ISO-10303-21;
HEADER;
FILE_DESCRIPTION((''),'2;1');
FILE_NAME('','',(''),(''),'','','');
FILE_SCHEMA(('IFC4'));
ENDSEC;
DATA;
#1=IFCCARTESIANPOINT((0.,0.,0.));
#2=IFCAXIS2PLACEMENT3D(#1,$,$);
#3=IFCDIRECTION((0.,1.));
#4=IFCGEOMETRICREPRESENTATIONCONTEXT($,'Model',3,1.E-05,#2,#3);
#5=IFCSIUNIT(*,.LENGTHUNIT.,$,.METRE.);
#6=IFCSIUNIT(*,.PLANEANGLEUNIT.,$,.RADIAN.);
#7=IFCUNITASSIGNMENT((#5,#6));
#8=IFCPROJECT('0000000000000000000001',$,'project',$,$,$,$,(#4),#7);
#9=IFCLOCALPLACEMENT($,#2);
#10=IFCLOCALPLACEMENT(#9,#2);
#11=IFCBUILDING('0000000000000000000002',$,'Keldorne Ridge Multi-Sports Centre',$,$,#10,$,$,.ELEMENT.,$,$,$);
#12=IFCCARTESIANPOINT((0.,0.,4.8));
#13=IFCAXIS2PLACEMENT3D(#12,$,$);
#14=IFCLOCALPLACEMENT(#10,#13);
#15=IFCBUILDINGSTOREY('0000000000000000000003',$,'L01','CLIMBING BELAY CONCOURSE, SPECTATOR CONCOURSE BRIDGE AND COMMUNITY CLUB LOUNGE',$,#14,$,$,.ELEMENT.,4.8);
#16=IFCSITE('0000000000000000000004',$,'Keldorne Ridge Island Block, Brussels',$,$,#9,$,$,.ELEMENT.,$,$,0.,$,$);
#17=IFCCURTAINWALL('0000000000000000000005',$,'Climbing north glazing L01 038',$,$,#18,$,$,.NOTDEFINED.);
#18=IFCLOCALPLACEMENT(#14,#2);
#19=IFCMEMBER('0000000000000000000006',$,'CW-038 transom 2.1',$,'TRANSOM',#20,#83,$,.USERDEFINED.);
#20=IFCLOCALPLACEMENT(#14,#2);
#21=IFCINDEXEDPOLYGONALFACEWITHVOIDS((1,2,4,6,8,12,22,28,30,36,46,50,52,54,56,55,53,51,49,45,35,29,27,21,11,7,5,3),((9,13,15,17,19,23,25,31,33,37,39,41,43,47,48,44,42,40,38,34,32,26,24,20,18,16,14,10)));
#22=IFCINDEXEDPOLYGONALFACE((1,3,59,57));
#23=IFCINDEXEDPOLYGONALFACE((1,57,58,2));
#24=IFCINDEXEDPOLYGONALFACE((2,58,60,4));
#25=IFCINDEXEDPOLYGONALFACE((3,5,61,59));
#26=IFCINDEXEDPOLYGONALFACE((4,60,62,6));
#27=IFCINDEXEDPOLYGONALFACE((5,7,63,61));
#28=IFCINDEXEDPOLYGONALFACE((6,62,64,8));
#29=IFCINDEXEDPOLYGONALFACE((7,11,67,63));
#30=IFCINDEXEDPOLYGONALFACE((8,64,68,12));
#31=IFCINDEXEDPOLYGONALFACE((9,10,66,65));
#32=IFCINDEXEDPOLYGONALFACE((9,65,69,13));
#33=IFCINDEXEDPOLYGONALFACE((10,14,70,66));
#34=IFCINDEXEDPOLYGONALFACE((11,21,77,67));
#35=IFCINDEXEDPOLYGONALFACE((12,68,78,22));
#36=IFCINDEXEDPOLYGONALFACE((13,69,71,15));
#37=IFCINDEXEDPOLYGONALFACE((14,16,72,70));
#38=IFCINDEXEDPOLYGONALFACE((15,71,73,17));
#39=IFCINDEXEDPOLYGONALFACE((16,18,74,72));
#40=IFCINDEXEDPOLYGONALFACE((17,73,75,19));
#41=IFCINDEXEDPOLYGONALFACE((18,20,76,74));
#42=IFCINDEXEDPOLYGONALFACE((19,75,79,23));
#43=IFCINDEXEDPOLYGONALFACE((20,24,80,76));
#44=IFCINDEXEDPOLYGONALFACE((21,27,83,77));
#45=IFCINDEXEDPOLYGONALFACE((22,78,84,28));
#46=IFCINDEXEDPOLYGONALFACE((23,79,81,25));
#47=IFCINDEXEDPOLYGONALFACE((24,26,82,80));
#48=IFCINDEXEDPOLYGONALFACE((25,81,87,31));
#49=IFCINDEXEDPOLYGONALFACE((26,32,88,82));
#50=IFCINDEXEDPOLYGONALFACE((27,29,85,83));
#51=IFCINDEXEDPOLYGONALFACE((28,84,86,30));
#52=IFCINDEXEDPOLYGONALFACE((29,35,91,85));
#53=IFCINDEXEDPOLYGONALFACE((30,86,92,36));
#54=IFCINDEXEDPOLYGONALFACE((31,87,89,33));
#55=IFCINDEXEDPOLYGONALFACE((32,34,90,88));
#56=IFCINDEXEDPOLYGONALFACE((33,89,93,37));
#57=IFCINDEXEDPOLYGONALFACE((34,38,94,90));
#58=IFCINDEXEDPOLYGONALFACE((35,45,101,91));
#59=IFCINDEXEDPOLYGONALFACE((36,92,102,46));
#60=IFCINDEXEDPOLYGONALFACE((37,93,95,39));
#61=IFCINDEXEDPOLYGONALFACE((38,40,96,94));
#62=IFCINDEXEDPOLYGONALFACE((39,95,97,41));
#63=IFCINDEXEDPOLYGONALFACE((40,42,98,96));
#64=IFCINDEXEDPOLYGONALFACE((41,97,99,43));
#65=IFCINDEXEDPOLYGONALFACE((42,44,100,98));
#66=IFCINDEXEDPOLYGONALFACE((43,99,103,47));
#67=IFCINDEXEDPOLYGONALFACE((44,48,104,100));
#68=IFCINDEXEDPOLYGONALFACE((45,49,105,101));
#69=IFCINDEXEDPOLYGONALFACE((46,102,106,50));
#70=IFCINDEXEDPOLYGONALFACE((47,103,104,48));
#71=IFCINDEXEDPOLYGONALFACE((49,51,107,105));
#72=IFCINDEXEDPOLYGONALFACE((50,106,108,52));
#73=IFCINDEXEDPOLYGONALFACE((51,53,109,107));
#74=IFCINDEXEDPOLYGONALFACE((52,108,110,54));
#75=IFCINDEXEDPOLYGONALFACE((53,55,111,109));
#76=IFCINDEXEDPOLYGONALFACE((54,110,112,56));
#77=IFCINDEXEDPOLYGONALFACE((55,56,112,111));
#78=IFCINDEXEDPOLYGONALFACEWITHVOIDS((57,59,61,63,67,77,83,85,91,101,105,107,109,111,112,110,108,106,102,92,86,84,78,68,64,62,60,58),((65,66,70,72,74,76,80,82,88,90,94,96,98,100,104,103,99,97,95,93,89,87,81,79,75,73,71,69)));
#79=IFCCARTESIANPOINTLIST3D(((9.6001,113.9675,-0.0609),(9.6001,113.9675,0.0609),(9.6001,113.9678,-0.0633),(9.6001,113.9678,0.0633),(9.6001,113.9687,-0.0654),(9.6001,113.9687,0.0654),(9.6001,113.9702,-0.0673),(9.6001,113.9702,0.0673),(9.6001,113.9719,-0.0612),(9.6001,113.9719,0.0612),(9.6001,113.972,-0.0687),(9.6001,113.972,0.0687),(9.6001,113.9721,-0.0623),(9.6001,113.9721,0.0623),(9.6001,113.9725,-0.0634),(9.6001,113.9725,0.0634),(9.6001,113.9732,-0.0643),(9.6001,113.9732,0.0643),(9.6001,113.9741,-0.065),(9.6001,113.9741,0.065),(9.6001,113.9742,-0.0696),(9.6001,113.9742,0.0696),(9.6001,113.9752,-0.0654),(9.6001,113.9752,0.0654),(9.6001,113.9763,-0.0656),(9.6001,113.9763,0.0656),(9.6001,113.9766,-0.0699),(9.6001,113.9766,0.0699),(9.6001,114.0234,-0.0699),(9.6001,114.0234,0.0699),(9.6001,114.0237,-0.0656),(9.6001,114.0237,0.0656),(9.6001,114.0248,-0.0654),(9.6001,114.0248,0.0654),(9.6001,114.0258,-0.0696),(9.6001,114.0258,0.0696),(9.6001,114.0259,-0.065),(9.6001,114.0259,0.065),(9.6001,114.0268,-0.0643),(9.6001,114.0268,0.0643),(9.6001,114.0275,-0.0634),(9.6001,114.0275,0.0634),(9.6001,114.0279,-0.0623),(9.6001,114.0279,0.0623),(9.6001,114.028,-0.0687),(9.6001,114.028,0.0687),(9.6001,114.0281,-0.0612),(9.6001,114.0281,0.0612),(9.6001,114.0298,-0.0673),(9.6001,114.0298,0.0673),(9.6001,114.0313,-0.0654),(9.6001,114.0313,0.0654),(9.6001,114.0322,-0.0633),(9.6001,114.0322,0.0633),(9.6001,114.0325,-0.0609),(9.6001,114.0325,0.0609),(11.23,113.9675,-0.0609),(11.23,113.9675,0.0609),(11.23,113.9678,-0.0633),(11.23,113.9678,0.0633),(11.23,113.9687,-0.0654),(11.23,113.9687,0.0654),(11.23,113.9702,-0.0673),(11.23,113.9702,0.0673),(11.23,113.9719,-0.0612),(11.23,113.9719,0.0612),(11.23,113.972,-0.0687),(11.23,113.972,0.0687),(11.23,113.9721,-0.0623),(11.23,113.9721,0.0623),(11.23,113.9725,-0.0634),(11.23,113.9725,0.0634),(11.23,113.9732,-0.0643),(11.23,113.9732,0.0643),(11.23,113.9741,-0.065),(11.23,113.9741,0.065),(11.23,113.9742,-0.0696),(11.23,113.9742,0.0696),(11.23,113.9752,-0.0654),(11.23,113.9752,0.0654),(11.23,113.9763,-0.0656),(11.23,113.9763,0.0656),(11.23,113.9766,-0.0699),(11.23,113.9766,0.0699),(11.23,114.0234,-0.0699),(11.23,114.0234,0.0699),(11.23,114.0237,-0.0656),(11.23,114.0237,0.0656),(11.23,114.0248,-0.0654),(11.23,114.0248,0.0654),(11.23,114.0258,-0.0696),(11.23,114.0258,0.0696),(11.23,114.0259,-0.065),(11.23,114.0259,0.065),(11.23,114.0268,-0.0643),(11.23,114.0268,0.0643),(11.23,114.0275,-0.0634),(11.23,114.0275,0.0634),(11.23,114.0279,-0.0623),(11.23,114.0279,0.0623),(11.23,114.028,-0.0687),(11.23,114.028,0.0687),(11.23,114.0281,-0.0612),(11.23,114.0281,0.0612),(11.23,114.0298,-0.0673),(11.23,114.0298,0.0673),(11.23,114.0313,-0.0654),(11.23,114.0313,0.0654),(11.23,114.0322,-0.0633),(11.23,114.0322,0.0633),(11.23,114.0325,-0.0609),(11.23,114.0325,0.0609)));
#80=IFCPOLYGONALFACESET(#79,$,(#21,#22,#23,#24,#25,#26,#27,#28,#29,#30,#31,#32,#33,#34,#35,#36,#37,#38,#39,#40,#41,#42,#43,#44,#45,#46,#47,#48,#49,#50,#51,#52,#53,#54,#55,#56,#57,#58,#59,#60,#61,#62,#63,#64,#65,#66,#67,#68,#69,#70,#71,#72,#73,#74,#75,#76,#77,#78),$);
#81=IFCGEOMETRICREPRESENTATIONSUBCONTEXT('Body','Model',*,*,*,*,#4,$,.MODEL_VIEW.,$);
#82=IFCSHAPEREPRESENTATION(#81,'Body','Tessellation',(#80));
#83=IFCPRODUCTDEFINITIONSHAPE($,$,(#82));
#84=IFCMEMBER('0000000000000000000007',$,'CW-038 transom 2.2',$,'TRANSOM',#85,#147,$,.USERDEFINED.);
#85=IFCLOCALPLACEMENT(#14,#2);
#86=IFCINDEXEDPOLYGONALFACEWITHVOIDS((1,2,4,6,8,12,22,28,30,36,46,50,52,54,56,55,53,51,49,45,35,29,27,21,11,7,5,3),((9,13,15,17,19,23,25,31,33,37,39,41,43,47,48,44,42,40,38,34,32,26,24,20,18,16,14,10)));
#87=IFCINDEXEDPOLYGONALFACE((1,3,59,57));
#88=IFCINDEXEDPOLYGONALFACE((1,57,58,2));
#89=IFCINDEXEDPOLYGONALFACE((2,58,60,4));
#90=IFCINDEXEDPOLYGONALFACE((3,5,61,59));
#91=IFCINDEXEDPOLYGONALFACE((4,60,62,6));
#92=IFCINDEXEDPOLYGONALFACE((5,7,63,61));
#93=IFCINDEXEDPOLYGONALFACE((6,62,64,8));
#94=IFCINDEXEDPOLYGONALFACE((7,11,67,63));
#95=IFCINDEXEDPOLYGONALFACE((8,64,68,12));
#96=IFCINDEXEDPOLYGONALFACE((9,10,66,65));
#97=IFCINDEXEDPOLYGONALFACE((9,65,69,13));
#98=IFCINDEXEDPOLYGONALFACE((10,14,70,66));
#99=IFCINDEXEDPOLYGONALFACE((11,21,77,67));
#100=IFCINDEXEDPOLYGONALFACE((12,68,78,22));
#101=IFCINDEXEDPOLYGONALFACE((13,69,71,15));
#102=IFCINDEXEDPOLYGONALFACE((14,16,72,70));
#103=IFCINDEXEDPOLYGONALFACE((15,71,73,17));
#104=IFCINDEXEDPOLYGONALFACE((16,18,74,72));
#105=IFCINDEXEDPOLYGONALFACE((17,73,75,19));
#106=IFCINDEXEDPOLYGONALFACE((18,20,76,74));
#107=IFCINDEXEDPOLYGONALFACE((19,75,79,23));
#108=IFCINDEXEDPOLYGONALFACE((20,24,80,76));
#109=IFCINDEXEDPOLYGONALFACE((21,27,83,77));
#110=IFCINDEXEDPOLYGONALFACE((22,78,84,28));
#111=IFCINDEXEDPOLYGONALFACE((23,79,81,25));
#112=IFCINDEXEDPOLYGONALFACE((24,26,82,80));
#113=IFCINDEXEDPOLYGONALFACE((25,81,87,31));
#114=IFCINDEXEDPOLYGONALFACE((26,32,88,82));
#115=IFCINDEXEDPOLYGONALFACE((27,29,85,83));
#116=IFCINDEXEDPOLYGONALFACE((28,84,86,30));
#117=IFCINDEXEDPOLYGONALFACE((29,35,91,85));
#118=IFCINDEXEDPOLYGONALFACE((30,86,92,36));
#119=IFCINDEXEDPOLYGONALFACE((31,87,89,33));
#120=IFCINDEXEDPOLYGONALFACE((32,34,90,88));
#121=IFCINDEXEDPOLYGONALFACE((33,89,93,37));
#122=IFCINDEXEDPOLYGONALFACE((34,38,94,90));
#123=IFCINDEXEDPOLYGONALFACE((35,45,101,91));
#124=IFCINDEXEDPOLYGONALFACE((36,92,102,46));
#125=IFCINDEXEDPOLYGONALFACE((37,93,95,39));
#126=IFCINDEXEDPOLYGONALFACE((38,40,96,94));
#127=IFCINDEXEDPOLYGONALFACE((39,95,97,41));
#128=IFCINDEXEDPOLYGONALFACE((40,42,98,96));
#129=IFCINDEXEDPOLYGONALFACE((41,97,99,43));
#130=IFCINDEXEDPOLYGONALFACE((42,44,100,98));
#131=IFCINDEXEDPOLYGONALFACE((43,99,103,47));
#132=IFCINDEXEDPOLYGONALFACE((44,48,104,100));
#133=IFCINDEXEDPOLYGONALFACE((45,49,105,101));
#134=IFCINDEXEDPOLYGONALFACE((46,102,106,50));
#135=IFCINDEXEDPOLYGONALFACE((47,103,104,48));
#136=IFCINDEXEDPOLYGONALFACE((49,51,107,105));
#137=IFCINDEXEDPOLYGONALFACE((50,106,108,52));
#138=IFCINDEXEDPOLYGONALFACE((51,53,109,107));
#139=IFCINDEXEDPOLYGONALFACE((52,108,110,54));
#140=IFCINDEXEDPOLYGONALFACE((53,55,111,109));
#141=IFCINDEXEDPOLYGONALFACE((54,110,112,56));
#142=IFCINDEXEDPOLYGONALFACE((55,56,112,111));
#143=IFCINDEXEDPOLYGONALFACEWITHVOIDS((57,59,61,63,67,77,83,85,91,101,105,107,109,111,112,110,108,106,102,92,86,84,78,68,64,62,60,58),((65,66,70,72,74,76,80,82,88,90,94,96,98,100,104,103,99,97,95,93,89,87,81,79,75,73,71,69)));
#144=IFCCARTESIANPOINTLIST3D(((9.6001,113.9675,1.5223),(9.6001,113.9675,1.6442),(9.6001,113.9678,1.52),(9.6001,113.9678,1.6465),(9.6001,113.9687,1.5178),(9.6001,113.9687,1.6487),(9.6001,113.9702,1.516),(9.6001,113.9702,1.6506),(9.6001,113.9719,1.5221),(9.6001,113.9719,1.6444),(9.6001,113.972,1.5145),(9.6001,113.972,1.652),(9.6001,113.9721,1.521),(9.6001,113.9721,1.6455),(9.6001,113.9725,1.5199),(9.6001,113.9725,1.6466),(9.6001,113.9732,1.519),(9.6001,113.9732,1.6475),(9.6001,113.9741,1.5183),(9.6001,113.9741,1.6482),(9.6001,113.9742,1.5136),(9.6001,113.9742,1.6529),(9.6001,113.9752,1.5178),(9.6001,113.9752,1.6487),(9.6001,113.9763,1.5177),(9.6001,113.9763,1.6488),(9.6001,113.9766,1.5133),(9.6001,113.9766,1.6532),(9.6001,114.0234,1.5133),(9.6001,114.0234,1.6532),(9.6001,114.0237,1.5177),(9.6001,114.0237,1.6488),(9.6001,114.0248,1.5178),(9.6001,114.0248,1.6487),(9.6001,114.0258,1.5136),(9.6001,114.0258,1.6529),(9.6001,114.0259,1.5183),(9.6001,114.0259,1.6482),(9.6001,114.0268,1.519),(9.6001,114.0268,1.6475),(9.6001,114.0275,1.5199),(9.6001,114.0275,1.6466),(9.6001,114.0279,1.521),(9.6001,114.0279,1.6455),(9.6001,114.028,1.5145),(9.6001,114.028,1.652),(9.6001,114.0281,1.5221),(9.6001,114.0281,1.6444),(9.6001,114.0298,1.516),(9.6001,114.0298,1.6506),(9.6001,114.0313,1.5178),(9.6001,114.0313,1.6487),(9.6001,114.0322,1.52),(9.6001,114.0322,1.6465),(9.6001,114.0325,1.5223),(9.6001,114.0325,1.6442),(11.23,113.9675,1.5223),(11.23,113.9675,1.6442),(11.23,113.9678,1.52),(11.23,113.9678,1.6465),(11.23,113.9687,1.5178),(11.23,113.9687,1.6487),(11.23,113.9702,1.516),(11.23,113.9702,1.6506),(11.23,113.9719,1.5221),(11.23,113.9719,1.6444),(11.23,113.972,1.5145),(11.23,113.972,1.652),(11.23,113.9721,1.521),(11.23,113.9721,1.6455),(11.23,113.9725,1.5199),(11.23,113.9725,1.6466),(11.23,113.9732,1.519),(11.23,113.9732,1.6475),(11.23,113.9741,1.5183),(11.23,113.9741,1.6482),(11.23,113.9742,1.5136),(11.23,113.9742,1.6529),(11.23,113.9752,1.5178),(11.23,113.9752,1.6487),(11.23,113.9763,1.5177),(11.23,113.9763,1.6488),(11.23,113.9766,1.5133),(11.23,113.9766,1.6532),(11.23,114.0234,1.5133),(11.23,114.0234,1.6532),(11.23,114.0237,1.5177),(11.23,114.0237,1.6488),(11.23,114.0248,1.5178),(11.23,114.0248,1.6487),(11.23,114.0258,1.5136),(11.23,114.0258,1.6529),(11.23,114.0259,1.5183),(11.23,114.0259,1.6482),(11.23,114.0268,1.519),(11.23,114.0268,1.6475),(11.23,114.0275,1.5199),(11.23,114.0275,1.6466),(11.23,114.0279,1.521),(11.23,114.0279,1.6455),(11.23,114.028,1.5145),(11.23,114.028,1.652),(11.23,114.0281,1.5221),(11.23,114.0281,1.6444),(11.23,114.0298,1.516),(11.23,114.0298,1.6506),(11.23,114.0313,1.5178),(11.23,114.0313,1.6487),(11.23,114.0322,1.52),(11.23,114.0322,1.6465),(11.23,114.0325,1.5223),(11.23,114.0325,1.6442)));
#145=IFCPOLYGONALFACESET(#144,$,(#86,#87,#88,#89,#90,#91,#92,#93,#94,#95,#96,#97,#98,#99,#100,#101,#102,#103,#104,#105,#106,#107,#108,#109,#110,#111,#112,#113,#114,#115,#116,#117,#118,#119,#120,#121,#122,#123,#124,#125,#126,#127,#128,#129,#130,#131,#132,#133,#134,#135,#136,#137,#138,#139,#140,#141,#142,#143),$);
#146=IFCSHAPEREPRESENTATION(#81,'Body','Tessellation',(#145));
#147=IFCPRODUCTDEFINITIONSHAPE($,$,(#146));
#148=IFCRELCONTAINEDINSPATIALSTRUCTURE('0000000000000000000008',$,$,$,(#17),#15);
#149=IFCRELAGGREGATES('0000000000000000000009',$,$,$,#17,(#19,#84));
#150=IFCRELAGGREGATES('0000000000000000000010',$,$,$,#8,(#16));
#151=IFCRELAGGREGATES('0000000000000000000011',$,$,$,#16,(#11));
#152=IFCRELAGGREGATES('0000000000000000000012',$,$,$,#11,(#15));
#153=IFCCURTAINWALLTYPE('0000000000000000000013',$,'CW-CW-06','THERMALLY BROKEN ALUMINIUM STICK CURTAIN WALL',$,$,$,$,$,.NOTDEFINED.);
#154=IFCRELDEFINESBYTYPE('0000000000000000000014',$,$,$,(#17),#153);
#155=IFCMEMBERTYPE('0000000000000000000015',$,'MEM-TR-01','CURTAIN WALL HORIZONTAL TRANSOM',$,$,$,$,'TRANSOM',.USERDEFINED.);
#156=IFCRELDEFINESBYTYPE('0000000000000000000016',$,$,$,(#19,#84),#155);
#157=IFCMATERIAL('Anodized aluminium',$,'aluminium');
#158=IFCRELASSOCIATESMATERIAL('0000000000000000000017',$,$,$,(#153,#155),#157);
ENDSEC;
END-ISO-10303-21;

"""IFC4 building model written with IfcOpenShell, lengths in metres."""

from ifc_helpers import new_model, si_unit, direction, frame, origin, origin_2d, place, context, subcontext, project, spatial, hollow_rectangle, extrude, material, material_profile, profile_set, type_object, element, aggregate, save


model = new_model("IFC4")

# Units and contexts
model_context = context("Model", 3, precision=1e-05, world=origin(), true_north=direction((0.0, 1.0)))
body_context = subcontext(model_context, "Body", "Model", "MODEL_VIEW")
ifc_project = project(units=[si_unit("LENGTHUNIT", "METRE"), si_unit("PLANEANGLEUNIT", "RADIAN")], contexts=[model_context])

# Site, building, storey
site_placement = place(None, origin())
site = spatial("IfcSite", under=ifc_project, at=site_placement, Name="Keldorne Ridge Island Block, Brussels", CompositionType="ELEMENT", RefElevation=0.0)
building_placement = place(site_placement, origin())
building = spatial("IfcBuilding", under=site, at=building_placement, Name="Keldorne Ridge Multi-Sports Centre", CompositionType="ELEMENT")
storey_placement = place(building_placement, frame((0.0, 0.0, 4.8)))
storey = spatial("IfcBuildingStorey", under=building, at=storey_placement, Name="L01", Description="CLIMBING BELAY CONCOURSE, SPECTATOR CONCOURSE BRIDGE AND COMMUNITY CLUB LOUNGE", CompositionType="ELEMENT", Elevation=4.8)

# Curtain wall
ifc_material_1 = material(Name="Anodized aluminium", Category="aluminium")
curtain_wall_type_1 = type_object("IfcCurtainWallType", Name="CW-CW-06", Description="THERMALLY BROKEN ALUMINIUM STICK CURTAIN WALL", PredefinedType="NOTDEFINED", material=ifc_material_1)
curtain_wall_1_placement = place(storey_placement, origin())
curtain_wall_1 = element("IfcCurtainWall", 1, at=curtain_wall_1_placement, inside=storey, type_object=curtain_wall_type_1, Name="Climbing north glazing L01 038", PredefinedType="NOTDEFINED")

# Members
ifc_material_profile_1 = material_profile(ifc_material_1, hollow_rectangle(XDim=0.0649, YDim=0.1399, WallThickness=0.0044, InnerFilletRadius=0.0044, OuterFilletRadius=0.009, at=origin_2d()), Name="ALU TRANSOM 140x65x4.5")
ifc_profile_set_1 = profile_set([ifc_material_profile_1], Name="Anodized aluminium")
member_type_1 = type_object("IfcMemberType", Name="MEM-TR-01", Description="CURTAIN WALL HORIZONTAL TRANSOM", ElementType="TRANSOM", PredefinedType="USERDEFINED", material=ifc_profile_set_1)
member_1_placement = place(storey_placement, frame((11.23, 114.0, 0.0), z_axis=(-1.0, 0.0, 0.0), x_axis=(0.0, -1.0, 0.0)))
member_1 = element("IfcMember", 2, at=member_1_placement, type_object=member_type_1, Name="CW-038 transom 2.1", ObjectType="TRANSOM", PredefinedType="USERDEFINED", context=body_context, shape_type="SweptSolid", body=[
    extrude(hollow_rectangle(XDim=0.0649, YDim=0.1399, WallThickness=0.0044, InnerFilletRadius=0.0044, OuterFilletRadius=0.009, at=origin_2d()), origin(), (0.0, 0.0, 1.0), 1.6299),
])
member_2_placement = place(storey_placement, frame((11.23, 114.0, 1.5833), z_axis=(-1.0, 0.0, 0.0), x_axis=(0.0, -1.0, 0.0)))
member_2 = element("IfcMember", 3, at=member_2_placement, type_object=member_type_1, Name="CW-038 transom 2.2", ObjectType="TRANSOM", PredefinedType="USERDEFINED", context=body_context, shape_type="SweptSolid", body=[
    extrude(hollow_rectangle(XDim=0.0649, YDim=0.1399, WallThickness=0.0044, InnerFilletRadius=0.0044, OuterFilletRadius=0.009, at=origin_2d()), origin(), (0.0, 0.0, 1.0), 1.6299),
])

aggregate(curtain_wall_1, [member_1, member_2])

save(model, "model.ifc")
